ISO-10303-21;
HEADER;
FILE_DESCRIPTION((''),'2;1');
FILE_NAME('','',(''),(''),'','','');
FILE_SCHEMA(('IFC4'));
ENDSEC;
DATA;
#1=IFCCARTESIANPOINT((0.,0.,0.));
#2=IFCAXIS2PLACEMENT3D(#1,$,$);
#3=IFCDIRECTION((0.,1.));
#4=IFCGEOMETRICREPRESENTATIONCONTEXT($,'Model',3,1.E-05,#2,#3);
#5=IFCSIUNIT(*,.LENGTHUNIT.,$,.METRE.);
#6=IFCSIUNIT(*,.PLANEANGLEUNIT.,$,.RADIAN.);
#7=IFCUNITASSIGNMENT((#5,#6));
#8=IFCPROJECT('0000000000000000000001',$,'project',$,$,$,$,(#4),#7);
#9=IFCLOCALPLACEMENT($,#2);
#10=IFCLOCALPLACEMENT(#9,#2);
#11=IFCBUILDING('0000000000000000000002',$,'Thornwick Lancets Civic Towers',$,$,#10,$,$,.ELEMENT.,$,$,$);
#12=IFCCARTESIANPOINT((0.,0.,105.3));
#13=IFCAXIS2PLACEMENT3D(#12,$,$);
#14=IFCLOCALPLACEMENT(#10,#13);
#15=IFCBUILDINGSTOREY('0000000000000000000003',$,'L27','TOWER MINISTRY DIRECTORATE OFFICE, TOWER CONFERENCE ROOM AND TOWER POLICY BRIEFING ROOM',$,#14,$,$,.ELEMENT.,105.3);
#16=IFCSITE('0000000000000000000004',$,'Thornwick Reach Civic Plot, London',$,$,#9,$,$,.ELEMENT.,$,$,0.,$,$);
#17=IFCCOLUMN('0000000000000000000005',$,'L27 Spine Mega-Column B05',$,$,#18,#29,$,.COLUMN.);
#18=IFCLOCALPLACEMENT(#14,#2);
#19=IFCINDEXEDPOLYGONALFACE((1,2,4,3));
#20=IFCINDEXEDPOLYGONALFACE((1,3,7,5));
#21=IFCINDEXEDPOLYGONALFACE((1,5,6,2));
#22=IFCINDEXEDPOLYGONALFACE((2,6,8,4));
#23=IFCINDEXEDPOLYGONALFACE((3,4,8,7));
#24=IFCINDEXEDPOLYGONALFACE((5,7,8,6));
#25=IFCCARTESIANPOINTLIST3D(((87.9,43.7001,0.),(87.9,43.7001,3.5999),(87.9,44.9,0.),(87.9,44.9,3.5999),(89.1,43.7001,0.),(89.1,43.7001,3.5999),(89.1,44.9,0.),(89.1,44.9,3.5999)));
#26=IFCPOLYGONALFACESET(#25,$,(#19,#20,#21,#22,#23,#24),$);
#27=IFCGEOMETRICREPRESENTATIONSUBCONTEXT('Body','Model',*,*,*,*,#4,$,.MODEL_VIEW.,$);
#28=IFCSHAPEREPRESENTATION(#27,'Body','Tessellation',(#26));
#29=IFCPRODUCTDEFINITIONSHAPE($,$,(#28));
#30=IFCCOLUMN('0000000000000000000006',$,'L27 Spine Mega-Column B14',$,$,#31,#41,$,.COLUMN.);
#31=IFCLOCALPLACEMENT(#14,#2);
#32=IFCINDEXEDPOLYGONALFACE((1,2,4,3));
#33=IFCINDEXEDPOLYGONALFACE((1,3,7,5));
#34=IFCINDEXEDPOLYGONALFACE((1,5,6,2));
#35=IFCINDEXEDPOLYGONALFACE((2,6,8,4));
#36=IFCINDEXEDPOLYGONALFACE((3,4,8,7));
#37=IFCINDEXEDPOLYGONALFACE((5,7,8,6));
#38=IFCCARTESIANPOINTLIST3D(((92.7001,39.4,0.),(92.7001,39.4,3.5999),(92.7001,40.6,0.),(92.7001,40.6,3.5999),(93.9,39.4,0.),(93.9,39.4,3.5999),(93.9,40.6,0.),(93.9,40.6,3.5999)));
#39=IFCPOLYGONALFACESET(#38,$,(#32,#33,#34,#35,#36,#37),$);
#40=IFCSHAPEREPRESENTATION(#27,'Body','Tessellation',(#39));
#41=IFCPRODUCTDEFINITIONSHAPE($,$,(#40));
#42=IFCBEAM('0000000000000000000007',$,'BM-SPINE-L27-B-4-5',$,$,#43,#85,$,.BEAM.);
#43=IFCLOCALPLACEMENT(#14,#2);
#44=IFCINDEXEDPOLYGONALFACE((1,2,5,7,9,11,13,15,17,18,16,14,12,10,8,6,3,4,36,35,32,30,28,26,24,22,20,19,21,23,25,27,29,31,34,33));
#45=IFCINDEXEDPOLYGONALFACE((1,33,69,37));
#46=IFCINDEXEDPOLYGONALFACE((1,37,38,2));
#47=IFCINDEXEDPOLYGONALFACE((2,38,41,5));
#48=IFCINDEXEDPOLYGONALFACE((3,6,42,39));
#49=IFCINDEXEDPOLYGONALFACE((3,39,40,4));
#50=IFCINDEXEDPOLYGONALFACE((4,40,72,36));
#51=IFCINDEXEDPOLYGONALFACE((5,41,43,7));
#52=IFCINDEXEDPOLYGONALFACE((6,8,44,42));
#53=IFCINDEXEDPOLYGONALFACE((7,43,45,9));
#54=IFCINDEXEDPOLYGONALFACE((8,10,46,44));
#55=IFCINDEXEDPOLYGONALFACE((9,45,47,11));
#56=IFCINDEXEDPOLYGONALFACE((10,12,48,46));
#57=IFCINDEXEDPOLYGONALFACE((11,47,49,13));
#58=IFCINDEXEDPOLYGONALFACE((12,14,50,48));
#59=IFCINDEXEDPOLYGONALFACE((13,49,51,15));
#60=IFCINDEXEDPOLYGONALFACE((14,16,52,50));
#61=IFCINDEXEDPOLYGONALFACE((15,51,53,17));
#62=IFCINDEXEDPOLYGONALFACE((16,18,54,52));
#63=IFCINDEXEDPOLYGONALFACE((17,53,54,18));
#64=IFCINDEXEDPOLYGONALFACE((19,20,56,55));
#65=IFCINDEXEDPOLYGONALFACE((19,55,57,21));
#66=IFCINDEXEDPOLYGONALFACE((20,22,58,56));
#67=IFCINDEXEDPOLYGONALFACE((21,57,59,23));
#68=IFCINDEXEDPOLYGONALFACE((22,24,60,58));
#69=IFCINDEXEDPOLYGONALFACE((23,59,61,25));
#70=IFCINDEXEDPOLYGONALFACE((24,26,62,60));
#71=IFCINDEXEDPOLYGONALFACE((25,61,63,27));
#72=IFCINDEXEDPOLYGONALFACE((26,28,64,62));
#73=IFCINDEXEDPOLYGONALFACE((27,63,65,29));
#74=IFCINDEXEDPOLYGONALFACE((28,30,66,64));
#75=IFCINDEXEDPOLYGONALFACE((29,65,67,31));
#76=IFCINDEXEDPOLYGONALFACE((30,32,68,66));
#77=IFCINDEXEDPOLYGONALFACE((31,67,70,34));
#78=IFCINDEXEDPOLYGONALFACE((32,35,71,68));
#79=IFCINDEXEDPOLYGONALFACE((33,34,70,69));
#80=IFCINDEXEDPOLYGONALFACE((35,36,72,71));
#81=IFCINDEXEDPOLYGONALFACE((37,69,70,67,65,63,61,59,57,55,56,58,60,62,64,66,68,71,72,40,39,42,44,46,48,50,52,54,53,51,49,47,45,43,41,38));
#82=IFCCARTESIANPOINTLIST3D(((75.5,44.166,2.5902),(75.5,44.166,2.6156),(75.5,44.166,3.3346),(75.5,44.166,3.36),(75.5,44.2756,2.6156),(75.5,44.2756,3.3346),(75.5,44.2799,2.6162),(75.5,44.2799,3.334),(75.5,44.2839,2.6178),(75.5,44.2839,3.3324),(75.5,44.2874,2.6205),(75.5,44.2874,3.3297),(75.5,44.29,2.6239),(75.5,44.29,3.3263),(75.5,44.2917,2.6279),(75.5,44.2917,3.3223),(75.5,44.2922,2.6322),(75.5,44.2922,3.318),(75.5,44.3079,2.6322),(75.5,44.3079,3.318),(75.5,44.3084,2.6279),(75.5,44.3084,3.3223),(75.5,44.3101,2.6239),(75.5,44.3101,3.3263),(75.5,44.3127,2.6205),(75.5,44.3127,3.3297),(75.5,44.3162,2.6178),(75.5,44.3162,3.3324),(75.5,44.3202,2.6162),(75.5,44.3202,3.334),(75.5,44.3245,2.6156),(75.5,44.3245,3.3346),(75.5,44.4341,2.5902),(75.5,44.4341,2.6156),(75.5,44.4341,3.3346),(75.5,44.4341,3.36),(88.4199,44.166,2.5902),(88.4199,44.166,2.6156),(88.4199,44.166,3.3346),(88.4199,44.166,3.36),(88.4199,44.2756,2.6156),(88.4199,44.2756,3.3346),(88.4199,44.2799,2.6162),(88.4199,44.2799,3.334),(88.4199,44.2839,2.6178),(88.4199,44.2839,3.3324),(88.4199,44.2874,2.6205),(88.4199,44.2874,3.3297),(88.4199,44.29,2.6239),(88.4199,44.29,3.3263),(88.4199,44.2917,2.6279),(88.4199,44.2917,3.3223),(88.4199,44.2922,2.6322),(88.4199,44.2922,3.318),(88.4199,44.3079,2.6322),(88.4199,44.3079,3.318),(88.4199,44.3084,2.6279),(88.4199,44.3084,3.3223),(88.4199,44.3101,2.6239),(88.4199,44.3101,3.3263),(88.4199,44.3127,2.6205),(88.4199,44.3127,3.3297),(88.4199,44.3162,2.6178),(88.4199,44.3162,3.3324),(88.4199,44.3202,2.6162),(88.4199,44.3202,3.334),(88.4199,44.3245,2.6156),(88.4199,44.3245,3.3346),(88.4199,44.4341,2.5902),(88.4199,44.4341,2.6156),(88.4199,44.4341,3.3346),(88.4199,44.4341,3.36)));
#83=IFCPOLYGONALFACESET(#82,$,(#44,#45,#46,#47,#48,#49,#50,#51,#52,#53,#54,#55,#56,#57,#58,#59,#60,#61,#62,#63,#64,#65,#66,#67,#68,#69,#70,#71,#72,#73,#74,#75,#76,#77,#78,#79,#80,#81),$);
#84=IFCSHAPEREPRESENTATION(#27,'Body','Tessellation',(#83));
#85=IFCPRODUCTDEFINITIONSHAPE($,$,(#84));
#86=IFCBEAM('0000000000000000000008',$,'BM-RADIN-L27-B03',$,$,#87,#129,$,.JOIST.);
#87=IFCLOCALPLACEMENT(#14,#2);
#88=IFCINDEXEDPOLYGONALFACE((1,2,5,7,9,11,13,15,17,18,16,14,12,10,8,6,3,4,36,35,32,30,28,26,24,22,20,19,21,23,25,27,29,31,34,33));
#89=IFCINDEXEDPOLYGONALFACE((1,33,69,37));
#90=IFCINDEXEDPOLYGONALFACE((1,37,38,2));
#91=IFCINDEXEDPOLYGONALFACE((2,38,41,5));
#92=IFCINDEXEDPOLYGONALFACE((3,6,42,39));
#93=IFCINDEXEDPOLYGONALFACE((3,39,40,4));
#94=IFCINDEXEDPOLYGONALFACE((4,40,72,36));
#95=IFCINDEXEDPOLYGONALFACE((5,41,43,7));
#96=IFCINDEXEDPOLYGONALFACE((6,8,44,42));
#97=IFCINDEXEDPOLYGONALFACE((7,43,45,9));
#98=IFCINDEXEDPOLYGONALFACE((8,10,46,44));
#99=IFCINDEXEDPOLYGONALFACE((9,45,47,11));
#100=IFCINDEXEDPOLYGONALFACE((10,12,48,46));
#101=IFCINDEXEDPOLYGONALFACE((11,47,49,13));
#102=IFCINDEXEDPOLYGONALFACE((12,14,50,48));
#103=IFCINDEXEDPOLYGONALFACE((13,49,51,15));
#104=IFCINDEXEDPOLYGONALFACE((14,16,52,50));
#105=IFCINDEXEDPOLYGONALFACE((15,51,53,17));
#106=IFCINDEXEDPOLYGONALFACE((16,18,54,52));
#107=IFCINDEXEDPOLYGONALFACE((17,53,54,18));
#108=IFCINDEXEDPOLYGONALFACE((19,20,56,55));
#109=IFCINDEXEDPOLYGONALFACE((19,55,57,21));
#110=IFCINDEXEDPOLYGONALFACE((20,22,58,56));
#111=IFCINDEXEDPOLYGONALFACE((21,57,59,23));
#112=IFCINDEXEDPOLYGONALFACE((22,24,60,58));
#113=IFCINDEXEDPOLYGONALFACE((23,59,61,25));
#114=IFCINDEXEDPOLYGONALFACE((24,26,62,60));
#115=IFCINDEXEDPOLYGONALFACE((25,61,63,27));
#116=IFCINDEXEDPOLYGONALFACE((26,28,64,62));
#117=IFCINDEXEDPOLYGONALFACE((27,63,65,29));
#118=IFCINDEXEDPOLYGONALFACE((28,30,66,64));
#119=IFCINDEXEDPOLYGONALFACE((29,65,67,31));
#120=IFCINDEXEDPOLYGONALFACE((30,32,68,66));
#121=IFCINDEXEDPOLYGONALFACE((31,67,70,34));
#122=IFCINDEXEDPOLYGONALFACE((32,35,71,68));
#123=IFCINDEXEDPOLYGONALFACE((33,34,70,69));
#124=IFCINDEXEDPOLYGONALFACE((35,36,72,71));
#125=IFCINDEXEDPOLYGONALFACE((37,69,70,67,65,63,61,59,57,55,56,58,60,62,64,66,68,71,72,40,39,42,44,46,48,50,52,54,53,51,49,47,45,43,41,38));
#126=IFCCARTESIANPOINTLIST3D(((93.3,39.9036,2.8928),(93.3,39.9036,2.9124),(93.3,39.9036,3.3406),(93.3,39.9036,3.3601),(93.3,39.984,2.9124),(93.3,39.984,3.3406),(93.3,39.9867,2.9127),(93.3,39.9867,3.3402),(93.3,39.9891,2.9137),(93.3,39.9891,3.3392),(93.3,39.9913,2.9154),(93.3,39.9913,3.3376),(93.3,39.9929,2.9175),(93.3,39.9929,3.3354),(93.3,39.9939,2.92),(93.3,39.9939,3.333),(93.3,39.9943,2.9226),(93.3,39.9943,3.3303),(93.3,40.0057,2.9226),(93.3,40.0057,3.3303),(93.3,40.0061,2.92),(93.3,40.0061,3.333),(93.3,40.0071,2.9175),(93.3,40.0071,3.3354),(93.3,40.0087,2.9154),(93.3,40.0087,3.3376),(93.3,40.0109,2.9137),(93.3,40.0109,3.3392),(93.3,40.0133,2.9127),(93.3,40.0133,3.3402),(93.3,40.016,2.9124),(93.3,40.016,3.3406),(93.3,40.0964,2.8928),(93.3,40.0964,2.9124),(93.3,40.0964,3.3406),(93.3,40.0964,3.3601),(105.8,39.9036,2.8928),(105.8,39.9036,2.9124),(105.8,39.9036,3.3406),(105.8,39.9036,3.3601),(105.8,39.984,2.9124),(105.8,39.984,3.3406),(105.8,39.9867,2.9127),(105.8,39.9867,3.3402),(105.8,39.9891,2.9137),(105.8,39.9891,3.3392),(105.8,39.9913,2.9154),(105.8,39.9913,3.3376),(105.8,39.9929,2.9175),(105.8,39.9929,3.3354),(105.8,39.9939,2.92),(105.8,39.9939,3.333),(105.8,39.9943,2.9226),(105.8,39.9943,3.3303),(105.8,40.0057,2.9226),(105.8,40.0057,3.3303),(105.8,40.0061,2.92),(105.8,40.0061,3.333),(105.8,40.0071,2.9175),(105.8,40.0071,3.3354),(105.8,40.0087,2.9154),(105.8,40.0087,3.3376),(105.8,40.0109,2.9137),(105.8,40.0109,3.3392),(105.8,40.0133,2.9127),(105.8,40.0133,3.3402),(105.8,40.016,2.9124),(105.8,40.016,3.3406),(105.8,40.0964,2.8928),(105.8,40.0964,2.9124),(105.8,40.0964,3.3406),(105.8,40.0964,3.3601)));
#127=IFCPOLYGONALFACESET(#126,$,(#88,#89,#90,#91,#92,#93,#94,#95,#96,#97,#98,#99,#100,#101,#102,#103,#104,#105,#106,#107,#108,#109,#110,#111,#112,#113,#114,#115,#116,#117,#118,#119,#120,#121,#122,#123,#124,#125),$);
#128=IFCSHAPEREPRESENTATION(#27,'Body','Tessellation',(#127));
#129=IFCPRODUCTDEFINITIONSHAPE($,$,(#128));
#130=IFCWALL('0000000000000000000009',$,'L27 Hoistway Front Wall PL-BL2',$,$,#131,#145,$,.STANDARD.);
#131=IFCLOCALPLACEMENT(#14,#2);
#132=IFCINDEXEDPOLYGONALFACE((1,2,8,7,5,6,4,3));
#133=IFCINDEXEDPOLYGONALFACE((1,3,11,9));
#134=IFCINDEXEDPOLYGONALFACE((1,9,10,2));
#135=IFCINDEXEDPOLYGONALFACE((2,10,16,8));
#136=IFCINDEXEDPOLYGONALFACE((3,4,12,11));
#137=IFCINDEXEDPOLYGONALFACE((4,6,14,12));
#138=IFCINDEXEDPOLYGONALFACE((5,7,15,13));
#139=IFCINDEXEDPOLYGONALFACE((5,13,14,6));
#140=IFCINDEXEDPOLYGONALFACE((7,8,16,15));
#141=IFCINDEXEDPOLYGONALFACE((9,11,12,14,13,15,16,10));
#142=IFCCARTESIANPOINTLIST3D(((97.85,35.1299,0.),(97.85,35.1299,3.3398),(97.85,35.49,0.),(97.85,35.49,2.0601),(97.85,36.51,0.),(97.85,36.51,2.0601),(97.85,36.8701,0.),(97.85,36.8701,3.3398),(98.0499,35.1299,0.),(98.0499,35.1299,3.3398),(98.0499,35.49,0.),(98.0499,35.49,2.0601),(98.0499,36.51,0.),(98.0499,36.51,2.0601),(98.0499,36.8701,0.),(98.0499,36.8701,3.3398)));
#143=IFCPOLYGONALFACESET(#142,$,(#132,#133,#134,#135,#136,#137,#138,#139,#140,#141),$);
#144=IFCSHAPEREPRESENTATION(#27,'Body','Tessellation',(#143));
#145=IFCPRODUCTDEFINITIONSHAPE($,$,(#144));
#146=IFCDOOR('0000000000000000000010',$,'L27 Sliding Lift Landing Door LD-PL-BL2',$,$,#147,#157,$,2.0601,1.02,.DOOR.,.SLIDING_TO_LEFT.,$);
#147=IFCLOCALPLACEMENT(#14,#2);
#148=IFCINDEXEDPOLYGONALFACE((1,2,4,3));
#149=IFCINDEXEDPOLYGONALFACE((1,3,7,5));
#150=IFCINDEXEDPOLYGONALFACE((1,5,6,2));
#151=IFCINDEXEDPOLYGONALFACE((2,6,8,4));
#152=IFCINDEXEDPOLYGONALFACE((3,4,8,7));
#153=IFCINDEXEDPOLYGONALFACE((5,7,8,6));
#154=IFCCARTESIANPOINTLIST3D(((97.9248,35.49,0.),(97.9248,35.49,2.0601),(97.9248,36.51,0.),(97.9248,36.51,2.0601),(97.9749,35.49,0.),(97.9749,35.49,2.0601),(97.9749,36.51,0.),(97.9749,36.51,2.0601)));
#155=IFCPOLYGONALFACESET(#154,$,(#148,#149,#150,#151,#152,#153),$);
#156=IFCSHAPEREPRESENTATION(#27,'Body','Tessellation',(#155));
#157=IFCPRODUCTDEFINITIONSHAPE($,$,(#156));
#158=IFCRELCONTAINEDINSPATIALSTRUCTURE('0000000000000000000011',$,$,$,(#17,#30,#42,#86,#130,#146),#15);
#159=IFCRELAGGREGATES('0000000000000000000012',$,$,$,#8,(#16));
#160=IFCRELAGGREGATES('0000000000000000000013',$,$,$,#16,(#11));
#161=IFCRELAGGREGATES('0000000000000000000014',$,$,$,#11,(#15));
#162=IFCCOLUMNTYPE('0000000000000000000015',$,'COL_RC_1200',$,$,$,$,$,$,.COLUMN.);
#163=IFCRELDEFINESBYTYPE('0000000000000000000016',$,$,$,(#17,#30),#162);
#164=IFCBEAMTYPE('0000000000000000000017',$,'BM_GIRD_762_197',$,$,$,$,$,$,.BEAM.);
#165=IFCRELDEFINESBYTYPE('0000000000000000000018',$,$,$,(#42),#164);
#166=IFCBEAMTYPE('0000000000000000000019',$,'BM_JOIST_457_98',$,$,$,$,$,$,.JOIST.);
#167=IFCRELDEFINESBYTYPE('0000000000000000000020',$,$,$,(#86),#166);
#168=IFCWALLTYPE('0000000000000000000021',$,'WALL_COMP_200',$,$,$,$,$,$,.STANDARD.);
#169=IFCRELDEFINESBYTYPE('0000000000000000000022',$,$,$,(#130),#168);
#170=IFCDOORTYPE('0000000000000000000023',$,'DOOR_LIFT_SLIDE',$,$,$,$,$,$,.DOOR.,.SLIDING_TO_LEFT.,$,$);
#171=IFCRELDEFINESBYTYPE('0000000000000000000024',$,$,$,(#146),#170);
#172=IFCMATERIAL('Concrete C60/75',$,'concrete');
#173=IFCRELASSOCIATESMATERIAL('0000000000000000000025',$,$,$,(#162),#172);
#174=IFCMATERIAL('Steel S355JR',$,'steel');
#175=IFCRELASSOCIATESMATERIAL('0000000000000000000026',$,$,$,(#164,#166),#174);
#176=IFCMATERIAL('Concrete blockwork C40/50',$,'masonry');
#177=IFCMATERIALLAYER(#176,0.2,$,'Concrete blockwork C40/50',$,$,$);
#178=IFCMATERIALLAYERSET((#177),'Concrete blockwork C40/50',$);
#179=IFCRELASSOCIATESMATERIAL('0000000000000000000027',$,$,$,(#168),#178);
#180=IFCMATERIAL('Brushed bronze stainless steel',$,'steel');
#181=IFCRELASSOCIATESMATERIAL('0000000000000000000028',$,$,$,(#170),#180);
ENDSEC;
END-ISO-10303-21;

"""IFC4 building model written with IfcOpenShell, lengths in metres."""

from ifc_helpers import new_model, si_unit, direction, frame, frame_2d, origin, origin_2d, place, context, subcontext, project, spatial, rectangle, i_section, extrude, material, layer, layer_set, material_profile, profile_set, type_object, element, fill, save


model = new_model("IFC4")

# Units and contexts
model_context = context("Model", 3, precision=1e-05, world=origin(), true_north=direction((0.0, 1.0)))
body_context = subcontext(model_context, "Body", "Model", "MODEL_VIEW")
ifc_project = project(units=[si_unit("LENGTHUNIT", "METRE"), si_unit("PLANEANGLEUNIT", "RADIAN")], contexts=[model_context])

# Site, building, storey
site_placement = place(None, origin())
site = spatial("IfcSite", under=ifc_project, at=site_placement, Name="Thornwick Reach Civic Plot, London", CompositionType="ELEMENT", RefElevation=0.0)
building_placement = place(site_placement, origin())
building = spatial("IfcBuilding", under=site, at=building_placement, Name="Thornwick Lancets Civic Towers", CompositionType="ELEMENT")
storey_placement = place(building_placement, frame((0.0, 0.0, 105.3)))
storey = spatial("IfcBuildingStorey", under=building, at=storey_placement, Name="L27", Description="TOWER MINISTRY DIRECTORATE OFFICE, TOWER CONFERENCE ROOM AND TOWER POLICY BRIEFING ROOM", CompositionType="ELEMENT", Elevation=105.3)

# Columns
ifc_material_1 = material(Name="Concrete C60/75", Category="concrete")
ifc_material_profile_1 = material_profile(ifc_material_1, rectangle(XDim=1.2, YDim=1.2, at=origin_2d()), Name="RC 1200x1200")
ifc_profile_set_1 = profile_set([ifc_material_profile_1], Name="Concrete C60/75")
column_type = type_object("IfcColumnType", Name="COL_RC_1200", PredefinedType="COLUMN", material=ifc_profile_set_1)
for number, where, z_axis, x_axis, name in (
    (1, (88.5, 44.3, 0.0), (0.0, 0.0, 1.0), (1.0, 0.0, 0.0), "L27 Spine Mega-Column B05"),
    (2, (93.3, 40.0, 0.0), (0.0, 0.0, 1.0), (1.0, 0.0, 0.0), "L27 Spine Mega-Column B14"),
):
    element("IfcColumn", number, at=place(storey_placement, frame(where, z_axis=z_axis, x_axis=x_axis)), inside=storey, type_object=column_type, Name=name, PredefinedType="COLUMN", context=body_context, shape_type="SweptSolid", body=[
        extrude(rectangle(XDim=1.2, YDim=1.2, at=origin_2d()), origin(), (0.0, 0.0, 1.0), 3.5999),
    ])

# Beams
ifc_material_2 = material(Name="Steel S355JR", Category="steel")
ifc_material_profile_2 = material_profile(ifc_material_2, i_section(OverallWidth=0.2681, OverallDepth=0.7698, WebThickness=0.0156, FlangeThickness=0.0254, FilletRadius=0.0166, at=origin_2d()), Name="UKB 762x267x197")
ifc_profile_set_2 = profile_set([ifc_material_profile_2], Name="Steel S355JR")
beam_type_1 = type_object("IfcBeamType", Name="BM_GIRD_762_197", PredefinedType="BEAM", material=ifc_profile_set_2)
beam_1_placement = place(storey_placement, frame((88.4199, 44.3, 2.9751), z_axis=(-1.0, 0.0, 0.0), x_axis=(0.0, -1.0, 0.0)))
element("IfcBeam", 3, at=beam_1_placement, inside=storey, type_object=beam_type_1, Name="BM-SPINE-L27-B-4-5", PredefinedType="BEAM", context=body_context, shape_type="SweptSolid", body=[
    extrude(i_section(OverallWidth=0.2681, OverallDepth=0.7698, WebThickness=0.0156, FlangeThickness=0.0254, FilletRadius=0.0166, at=origin_2d()), origin(), (0.0, 0.0, 1.0), 12.9199),
])
ifc_material_profile_3 = material_profile(ifc_material_2, i_section(OverallWidth=0.1929, OverallDepth=0.4673, WebThickness=0.0115, FlangeThickness=0.0195, FilletRadius=0.0103, at=origin_2d()), Name="UKB 457x191x98")
ifc_profile_set_3 = profile_set([ifc_material_profile_3], Name="Steel S355JR")
beam_type_2 = type_object("IfcBeamType", Name="BM_JOIST_457_98", PredefinedType="JOIST", material=ifc_profile_set_3)
beam_2_placement = place(storey_placement, frame((93.3, 40.0, 3.1265), z_axis=(1.0, 0.0, 0.0), x_axis=(0.0, 1.0, 0.0)))
element("IfcBeam", 4, at=beam_2_placement, inside=storey, type_object=beam_type_2, Name="BM-RADIN-L27-B03", PredefinedType="JOIST", context=body_context, shape_type="SweptSolid", body=[
    extrude(i_section(OverallWidth=0.1929, OverallDepth=0.4673, WebThickness=0.0115, FlangeThickness=0.0195, FilletRadius=0.0103, at=origin_2d()), origin(), (0.0, 0.0, 1.0), 12.5),
])

# Wall, opening, door
ifc_material_3 = material(Name="Concrete blockwork C40/50", Category="masonry")
ifc_layer_1 = layer(ifc_material_3, 0.2, Name="Concrete blockwork C40/50")
ifc_layer_set_1 = layer_set([ifc_layer_1], Name="Concrete blockwork C40/50")
wall_type_1 = type_object("IfcWallType", Name="WALL_COMP_200", PredefinedType="STANDARD", material=ifc_layer_set_1)
wall_1_placement = place(storey_placement, frame((97.95, 36.8701, 0.0), z_axis=(0.0, 0.0, 1.0), x_axis=(0.0, -1.0, 0.0)))
wall_1 = element("IfcWall", 5, at=wall_1_placement, inside=storey, type_object=wall_type_1, Name="L27 Hoistway Front Wall PL-BL2", PredefinedType="STANDARD", context=body_context, shape_type="SweptSolid", body=[
    extrude(rectangle(XDim=1.7402, YDim=0.2, at=frame_2d((0.8701, 0.0))), origin(), (0.0, 0.0, 1.0), 3.3398),
])
opening_1_placement = place(wall_1_placement, frame((0.3601, 0.0, 0.0)))
opening_1 = element("IfcOpeningElement", 6, at=opening_1_placement, cuts=wall_1, PredefinedType="OPENING", context=body_context, shape_type="SweptSolid", body=[
    extrude(rectangle(XDim=1.02, YDim=2.0601, at=frame_2d((0.51, 1.03))), frame((0.0, 0.1099, 0.0), z_axis=(0.0, -1.0, 0.0), x_axis=(1.0, 0.0, 0.0)), (0.0, 0.0, 1.0), 0.22),
])
ifc_material_4 = material(Name="Brushed bronze stainless steel", Category="steel")
door_type_1 = type_object("IfcDoorType", Name="DOOR_LIFT_SLIDE", OperationType="SLIDING_TO_LEFT", PredefinedType="DOOR", material=ifc_material_4)
door_1_placement = place(opening_1_placement, origin())
door_1 = element("IfcDoor", 7, at=door_1_placement, inside=storey, type_object=door_type_1, Name="L27 Sliding Lift Landing Door LD-PL-BL2", OperationType="SLIDING_TO_LEFT", OverallHeight=2.0601, OverallWidth=1.02, PredefinedType="DOOR", context=body_context, shape_type="SweptSolid", body=[
    extrude(rectangle(XDim=1.02, YDim=2.0601, at=frame_2d((0.51, 1.03))), frame((0.0, 0.0249, 0.0), z_axis=(0.0, -1.0, 0.0), x_axis=(1.0, 0.0, 0.0)), (0.0, 0.0, 1.0), 0.05),
])
fill(opening_1, door_1)

save(model, "model.ifc")
